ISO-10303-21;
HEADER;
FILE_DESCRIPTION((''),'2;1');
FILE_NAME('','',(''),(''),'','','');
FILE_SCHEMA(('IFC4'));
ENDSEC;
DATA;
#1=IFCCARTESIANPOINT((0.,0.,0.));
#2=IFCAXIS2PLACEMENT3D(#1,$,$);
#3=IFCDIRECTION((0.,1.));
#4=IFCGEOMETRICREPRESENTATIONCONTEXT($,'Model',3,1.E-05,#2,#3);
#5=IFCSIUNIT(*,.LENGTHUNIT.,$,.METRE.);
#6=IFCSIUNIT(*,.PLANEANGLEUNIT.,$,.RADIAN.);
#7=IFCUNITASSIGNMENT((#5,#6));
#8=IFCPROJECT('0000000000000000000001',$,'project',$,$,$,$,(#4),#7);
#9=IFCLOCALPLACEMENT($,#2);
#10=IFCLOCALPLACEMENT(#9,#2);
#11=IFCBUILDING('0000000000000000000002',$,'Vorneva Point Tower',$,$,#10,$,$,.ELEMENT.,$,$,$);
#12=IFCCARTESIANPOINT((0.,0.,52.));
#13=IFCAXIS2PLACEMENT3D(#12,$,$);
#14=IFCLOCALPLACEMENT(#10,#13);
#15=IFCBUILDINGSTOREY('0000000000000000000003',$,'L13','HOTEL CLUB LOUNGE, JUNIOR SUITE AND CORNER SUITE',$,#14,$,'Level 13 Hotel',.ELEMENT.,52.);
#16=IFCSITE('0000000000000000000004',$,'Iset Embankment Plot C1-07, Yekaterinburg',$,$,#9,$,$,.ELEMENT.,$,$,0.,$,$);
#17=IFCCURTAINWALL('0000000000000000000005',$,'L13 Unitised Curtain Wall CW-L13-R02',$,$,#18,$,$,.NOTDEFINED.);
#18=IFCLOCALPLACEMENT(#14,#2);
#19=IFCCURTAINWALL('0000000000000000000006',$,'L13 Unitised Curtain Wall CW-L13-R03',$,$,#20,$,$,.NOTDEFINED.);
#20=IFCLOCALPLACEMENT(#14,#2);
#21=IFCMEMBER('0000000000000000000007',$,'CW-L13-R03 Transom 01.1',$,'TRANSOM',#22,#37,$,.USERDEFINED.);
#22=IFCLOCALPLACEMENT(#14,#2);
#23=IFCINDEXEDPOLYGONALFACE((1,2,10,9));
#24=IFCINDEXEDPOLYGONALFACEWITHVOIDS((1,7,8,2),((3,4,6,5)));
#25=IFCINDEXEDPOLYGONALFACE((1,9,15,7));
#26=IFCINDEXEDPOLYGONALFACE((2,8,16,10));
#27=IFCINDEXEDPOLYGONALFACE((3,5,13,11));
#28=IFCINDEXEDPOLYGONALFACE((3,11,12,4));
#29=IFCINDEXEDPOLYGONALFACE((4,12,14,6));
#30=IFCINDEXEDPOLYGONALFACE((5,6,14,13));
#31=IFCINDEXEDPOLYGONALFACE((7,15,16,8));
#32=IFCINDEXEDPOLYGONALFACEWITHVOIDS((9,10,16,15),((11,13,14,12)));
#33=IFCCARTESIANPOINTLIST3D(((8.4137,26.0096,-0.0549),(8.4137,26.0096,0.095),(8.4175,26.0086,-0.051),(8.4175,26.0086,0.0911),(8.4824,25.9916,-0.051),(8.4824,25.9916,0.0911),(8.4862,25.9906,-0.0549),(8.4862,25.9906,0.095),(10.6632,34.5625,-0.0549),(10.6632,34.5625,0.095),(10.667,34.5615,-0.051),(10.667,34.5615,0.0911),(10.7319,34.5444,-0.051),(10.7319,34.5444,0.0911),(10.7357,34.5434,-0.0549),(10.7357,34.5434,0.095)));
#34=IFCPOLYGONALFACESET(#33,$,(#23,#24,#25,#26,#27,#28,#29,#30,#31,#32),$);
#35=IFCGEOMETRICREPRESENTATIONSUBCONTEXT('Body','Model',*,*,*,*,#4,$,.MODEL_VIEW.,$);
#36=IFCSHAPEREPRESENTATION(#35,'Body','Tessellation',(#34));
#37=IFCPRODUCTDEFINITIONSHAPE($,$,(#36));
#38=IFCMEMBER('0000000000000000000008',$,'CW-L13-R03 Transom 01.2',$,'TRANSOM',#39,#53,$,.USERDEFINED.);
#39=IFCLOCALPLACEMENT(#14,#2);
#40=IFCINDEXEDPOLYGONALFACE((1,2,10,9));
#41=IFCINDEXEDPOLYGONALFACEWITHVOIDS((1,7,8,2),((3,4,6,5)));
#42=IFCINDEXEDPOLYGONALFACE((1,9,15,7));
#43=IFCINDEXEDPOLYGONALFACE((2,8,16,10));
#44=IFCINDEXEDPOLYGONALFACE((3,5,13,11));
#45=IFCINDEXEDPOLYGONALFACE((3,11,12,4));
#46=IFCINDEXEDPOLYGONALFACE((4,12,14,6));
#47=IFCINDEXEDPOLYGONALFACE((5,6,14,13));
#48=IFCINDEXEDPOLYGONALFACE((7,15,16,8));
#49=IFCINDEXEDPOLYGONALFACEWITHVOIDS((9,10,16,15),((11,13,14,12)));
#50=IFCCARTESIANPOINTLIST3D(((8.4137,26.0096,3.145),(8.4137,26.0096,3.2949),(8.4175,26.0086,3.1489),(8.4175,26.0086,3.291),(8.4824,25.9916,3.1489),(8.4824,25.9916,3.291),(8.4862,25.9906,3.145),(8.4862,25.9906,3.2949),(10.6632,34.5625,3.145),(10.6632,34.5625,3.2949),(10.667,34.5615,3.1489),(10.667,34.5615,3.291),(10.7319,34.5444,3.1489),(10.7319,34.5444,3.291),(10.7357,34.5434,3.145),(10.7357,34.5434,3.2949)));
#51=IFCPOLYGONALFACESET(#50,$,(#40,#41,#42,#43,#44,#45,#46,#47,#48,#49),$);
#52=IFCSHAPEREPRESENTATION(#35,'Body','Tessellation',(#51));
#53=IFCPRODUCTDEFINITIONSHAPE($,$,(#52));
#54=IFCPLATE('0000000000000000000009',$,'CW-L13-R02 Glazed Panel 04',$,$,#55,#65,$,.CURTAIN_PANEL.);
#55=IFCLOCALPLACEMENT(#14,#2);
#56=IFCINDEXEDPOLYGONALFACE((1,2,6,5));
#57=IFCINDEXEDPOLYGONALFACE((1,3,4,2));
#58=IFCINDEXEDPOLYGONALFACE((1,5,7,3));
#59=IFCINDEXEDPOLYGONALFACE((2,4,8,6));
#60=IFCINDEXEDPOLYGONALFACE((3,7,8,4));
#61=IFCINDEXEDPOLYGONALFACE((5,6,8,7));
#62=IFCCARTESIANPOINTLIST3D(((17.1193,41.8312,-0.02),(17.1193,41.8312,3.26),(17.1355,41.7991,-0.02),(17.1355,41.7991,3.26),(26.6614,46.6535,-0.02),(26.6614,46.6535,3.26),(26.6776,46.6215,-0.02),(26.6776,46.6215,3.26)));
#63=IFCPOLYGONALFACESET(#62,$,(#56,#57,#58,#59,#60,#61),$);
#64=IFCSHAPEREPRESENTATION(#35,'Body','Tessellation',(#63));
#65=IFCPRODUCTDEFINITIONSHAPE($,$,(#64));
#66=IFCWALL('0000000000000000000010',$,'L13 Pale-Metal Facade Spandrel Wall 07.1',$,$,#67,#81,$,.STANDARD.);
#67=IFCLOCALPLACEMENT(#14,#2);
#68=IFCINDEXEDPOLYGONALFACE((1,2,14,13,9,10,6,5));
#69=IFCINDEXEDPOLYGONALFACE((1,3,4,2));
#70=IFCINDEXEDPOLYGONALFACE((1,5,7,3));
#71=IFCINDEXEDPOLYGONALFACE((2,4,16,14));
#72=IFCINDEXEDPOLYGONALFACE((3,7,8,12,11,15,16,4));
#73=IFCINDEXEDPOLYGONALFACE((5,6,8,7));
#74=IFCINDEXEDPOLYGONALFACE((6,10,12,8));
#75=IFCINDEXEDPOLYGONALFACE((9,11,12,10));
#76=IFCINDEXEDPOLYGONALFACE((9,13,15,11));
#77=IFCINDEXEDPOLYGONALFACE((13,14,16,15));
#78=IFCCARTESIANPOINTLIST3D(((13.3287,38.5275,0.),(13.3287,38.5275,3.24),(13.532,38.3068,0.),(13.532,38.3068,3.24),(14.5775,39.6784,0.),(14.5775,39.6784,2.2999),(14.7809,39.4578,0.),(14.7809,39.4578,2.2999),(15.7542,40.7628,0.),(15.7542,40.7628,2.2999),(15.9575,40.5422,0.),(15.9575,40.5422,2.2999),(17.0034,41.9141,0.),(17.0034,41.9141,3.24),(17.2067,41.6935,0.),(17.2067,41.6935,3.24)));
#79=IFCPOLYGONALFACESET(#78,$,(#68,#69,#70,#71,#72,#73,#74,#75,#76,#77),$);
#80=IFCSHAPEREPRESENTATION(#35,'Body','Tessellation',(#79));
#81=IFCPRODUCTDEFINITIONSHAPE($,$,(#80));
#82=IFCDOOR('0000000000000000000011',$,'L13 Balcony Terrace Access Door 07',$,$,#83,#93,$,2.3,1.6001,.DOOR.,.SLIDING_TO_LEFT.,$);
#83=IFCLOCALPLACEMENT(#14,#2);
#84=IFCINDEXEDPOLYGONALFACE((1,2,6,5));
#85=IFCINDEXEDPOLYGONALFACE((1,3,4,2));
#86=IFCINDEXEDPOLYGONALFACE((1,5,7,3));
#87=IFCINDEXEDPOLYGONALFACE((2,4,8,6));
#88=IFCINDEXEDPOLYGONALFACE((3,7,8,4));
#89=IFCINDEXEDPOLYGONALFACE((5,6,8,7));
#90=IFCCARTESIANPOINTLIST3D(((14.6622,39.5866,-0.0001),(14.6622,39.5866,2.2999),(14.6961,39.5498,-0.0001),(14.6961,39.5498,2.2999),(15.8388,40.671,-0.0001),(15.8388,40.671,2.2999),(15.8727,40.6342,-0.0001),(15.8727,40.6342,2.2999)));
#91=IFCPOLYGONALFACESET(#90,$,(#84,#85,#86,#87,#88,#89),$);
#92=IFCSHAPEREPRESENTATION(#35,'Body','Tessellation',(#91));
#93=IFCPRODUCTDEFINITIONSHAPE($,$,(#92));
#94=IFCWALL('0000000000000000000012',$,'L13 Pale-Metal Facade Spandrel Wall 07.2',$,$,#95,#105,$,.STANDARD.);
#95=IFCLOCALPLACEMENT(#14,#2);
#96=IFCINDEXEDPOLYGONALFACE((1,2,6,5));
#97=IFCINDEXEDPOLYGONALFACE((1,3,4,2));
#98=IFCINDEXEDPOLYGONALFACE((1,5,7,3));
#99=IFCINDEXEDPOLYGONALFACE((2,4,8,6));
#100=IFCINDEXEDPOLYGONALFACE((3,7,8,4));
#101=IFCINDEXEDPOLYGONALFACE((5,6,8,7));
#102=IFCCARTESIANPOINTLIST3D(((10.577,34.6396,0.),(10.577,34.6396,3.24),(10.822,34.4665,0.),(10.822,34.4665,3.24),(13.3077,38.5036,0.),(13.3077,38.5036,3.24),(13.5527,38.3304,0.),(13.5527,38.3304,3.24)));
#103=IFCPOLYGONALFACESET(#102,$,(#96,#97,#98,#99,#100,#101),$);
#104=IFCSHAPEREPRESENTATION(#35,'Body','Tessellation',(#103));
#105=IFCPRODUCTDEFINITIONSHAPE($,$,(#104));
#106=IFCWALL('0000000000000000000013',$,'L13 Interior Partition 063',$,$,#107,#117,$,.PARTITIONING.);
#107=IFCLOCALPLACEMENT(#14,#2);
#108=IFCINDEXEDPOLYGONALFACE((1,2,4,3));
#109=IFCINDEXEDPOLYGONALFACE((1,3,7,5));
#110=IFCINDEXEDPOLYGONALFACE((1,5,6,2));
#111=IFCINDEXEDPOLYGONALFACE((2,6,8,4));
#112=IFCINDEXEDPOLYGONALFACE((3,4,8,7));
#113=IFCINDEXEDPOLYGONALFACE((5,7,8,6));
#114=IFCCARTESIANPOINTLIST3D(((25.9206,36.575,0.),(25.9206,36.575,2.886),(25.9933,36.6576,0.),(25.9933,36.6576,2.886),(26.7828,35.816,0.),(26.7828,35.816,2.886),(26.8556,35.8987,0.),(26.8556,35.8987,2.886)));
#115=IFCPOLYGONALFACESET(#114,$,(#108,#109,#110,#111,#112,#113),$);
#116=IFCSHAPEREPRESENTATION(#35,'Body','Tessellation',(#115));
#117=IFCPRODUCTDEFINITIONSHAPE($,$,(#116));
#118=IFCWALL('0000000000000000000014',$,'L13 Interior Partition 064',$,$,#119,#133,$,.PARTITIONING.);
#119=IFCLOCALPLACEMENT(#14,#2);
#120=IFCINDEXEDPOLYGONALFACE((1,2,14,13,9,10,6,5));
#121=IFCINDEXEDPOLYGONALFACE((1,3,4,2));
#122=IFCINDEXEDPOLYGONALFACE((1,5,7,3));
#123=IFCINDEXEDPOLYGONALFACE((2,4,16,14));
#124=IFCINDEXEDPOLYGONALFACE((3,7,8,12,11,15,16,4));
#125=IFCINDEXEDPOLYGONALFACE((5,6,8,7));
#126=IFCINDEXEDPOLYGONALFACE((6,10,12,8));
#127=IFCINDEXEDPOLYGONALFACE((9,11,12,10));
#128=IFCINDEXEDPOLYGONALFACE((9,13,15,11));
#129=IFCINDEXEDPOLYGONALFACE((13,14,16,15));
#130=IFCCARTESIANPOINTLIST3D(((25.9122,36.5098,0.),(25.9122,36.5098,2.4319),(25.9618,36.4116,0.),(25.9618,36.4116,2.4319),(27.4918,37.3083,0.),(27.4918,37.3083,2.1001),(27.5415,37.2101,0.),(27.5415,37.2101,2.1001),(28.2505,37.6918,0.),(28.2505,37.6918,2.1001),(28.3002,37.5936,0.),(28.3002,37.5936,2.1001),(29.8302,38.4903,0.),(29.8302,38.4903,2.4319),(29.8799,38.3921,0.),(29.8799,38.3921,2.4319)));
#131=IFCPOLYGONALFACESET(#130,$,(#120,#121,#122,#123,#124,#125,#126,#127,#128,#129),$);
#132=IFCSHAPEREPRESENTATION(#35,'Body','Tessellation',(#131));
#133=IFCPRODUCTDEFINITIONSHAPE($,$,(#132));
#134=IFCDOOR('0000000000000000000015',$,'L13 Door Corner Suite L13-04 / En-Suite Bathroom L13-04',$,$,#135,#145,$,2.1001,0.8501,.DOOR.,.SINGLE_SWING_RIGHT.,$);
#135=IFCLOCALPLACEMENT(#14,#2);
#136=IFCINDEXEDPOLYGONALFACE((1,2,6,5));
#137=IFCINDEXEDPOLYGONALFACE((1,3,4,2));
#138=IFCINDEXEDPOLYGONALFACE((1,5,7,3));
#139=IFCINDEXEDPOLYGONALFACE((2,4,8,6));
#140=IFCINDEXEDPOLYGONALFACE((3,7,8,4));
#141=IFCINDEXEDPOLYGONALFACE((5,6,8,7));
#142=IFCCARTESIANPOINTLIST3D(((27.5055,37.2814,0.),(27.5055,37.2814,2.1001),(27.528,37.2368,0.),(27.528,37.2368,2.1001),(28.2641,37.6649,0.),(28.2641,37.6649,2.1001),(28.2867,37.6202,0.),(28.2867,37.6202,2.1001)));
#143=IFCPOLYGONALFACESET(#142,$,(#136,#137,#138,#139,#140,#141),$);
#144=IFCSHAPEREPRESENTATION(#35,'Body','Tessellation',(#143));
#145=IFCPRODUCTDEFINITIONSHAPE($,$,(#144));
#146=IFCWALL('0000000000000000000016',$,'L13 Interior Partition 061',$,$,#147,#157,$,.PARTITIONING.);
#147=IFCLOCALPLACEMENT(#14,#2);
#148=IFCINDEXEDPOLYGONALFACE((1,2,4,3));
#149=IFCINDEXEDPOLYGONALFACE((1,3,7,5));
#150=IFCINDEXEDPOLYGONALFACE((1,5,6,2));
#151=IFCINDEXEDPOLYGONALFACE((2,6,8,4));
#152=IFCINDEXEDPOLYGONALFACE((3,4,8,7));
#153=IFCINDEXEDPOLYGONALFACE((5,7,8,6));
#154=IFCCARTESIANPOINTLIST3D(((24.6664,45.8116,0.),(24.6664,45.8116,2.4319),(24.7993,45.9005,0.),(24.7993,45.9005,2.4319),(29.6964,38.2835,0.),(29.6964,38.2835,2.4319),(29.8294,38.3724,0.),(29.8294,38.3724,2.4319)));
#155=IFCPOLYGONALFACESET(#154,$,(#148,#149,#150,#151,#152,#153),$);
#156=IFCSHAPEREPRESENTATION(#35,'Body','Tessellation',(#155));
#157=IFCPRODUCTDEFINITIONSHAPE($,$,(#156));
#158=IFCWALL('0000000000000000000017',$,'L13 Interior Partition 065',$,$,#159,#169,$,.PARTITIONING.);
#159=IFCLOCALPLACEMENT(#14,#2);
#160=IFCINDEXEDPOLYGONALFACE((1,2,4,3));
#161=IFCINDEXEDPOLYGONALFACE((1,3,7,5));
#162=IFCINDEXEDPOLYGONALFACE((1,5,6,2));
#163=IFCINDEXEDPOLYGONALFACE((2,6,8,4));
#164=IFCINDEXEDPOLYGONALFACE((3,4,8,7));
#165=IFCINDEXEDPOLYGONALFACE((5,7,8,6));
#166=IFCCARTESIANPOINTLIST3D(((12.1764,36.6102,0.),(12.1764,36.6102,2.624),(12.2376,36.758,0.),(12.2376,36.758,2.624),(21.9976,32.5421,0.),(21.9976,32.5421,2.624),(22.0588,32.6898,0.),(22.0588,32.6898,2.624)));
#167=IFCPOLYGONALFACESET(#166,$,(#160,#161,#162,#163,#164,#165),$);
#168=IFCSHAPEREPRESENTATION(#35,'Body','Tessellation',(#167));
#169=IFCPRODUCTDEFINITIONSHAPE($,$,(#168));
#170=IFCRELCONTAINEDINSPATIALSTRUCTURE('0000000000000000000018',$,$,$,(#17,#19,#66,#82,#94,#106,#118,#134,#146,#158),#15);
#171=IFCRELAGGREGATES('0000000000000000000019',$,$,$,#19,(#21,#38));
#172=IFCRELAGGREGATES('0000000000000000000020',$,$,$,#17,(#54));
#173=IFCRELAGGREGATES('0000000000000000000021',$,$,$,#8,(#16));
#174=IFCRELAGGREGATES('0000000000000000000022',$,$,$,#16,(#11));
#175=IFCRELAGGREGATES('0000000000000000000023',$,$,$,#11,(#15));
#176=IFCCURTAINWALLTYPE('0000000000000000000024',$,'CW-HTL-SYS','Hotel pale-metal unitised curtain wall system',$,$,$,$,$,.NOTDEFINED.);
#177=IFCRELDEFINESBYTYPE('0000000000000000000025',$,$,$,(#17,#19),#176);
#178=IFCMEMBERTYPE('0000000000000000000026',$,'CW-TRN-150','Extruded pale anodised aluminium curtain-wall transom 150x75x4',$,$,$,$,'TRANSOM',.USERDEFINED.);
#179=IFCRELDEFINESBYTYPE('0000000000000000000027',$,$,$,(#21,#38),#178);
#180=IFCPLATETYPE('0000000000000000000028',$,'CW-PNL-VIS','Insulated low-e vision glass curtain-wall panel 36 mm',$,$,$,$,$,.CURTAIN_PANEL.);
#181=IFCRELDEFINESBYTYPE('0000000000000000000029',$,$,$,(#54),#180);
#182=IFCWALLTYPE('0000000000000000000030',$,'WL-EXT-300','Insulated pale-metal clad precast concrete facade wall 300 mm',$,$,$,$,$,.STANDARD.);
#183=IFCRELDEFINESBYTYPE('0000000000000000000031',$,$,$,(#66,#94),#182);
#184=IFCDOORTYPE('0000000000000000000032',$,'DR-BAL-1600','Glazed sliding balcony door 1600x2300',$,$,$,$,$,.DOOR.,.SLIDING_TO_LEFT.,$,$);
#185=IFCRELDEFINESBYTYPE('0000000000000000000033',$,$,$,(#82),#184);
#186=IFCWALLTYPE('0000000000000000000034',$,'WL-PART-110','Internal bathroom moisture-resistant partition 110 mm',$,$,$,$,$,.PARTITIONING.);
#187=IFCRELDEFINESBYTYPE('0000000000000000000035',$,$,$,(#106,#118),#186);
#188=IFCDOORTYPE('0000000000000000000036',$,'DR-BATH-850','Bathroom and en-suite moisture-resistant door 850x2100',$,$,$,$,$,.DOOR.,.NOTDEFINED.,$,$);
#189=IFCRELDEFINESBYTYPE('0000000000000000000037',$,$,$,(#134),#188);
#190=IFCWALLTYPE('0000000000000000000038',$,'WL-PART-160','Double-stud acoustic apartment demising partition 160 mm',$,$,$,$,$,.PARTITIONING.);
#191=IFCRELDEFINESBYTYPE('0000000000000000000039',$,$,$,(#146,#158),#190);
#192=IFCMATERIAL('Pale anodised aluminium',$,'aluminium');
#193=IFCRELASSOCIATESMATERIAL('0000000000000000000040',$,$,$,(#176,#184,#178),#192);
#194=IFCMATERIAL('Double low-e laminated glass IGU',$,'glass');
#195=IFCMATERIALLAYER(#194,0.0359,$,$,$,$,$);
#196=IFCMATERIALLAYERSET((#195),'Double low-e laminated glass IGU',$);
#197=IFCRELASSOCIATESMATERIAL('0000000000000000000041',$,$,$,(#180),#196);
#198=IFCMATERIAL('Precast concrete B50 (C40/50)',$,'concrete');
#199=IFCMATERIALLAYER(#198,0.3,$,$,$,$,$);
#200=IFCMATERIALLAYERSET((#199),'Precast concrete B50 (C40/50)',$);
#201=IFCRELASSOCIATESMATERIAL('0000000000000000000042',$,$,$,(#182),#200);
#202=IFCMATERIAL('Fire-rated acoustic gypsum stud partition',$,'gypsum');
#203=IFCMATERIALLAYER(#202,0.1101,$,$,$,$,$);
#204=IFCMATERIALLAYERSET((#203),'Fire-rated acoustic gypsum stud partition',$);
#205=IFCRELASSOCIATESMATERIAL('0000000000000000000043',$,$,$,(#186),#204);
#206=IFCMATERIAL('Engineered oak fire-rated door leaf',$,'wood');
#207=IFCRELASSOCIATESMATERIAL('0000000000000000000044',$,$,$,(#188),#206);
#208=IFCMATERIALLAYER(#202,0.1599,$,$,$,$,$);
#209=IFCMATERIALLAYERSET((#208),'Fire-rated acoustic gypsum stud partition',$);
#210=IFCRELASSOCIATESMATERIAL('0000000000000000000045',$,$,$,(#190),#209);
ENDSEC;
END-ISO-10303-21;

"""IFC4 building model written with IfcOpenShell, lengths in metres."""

from ifc_helpers import new_model, si_unit, direction, frame, frame_2d, origin, origin_2d, place, context, subcontext, project, spatial, rectangle, hollow_rectangle, extrude, material, layer, layer_set, material_profile, profile_set, type_object, element, fill, aggregate, save


model = new_model("IFC4")

# Units and contexts
model_context = context("Model", 3, precision=1e-05, world=origin(), true_north=direction((0.0, 1.0)))
body_context = subcontext(model_context, "Body", "Model", "MODEL_VIEW")
ifc_project = project(units=[si_unit("LENGTHUNIT", "METRE"), si_unit("PLANEANGLEUNIT", "RADIAN")], contexts=[model_context])

# Site, building, storey
site_placement = place(None, origin())
site = spatial("IfcSite", under=ifc_project, at=site_placement, Name="Iset Embankment Plot C1-07, Yekaterinburg", CompositionType="ELEMENT", RefElevation=0.0)
building_placement = place(site_placement, origin())
building = spatial("IfcBuilding", under=site, at=building_placement, Name="Vorneva Point Tower", CompositionType="ELEMENT")
storey_placement = place(building_placement, frame((0.0, 0.0, 52.0)))
storey = spatial("IfcBuildingStorey", under=building, at=storey_placement, Name="L13", Description="HOTEL CLUB LOUNGE, JUNIOR SUITE AND CORNER SUITE", LongName="Level 13 Hotel", CompositionType="ELEMENT", Elevation=52.0)

# Curtain wall
ifc_material_1 = material(Name="Pale anodised aluminium", Category="aluminium")
curtain_wall_type = type_object("IfcCurtainWallType", Name="CW-HTL-SYS", Description="Hotel pale-metal unitised curtain wall system", PredefinedType="NOTDEFINED", material=ifc_material_1)
curtain_wall_1_placement = place(storey_placement, origin())
curtain_wall_1 = element("IfcCurtainWall", 1, at=curtain_wall_1_placement, inside=storey, type_object=curtain_wall_type, Name="L13 Unitised Curtain Wall CW-L13-R02", PredefinedType="NOTDEFINED")

# Curtain wall
curtain_wall_2_placement = place(storey_placement, origin())
curtain_wall_2 = element("IfcCurtainWall", 2, at=curtain_wall_2_placement, inside=storey, type_object=curtain_wall_type, Name="L13 Unitised Curtain Wall CW-L13-R03", PredefinedType="NOTDEFINED")

# Members
ifc_material_profile_1 = material_profile(ifc_material_1, hollow_rectangle(XDim=0.075, YDim=0.1499, WallThickness=0.0039, at=origin_2d()), Name="AL-TRN 150x75x4")
ifc_profile_set_1 = profile_set([ifc_material_profile_1], Name="Pale anodised aluminium")
member_type_1 = type_object("IfcMemberType", Name="CW-TRN-150", Description="Extruded pale anodised aluminium curtain-wall transom 150x75x4", ElementType="TRANSOM", PredefinedType="USERDEFINED", material=ifc_profile_set_1)
member_1_placement = place(storey_placement, frame((10.6995, 34.553, 0.02), z_axis=(-0.254359, -0.96711, 0.0), x_axis=(0.96711, -0.254359, 0.0)))
member_1 = element("IfcMember", 3, at=member_1_placement, type_object=member_type_1, Name="CW-L13-R03 Transom 01.1", ObjectType="TRANSOM", PredefinedType="USERDEFINED", context=body_context, shape_type="SweptSolid", body=[
    extrude(hollow_rectangle(XDim=0.075, YDim=0.1499, WallThickness=0.0039, at=origin_2d()), origin(), (0.0, 0.0, 1.0), 8.8438),
])
member_2_placement = place(storey_placement, frame((10.6995, 34.553, 3.22), z_axis=(-0.254359, -0.96711, 0.0), x_axis=(0.96711, -0.254359, 0.0)))
member_2 = element("IfcMember", 4, at=member_2_placement, type_object=member_type_1, Name="CW-L13-R03 Transom 01.2", ObjectType="TRANSOM", PredefinedType="USERDEFINED", context=body_context, shape_type="SweptSolid", body=[
    extrude(hollow_rectangle(XDim=0.075, YDim=0.1499, WallThickness=0.0039, at=origin_2d()), origin(), (0.0, 0.0, 1.0), 8.8438),
])
aggregate(curtain_wall_2, [member_1, member_2])

# Plate
ifc_material_2 = material(Name="Double low-e laminated glass IGU", Category="glass")
ifc_layer_1 = layer(ifc_material_2, 0.0359)
ifc_layer_set_1 = layer_set([ifc_layer_1], Name="Double low-e laminated glass IGU")
plate_type = type_object("IfcPlateType", Name="CW-PNL-VIS", Description="Insulated low-e vision glass curtain-wall panel 36 mm", PredefinedType="CURTAIN_PANEL", material=ifc_layer_set_1)
plate_placement = place(storey_placement, frame((21.8984, 44.2263, -0.02), z_axis=(0.0, 0.0, 1.0), x_axis=(-0.892499, -0.451049, 0.0)))
plate = element("IfcPlate", 5, at=plate_placement, type_object=plate_type, Name="CW-L13-R02 Glazed Panel 04", PredefinedType="CURTAIN_PANEL", context=body_context, shape_type="SweptSolid", body=[
    extrude(rectangle(XDim=10.6914, YDim=0.0359, at=origin_2d()), origin(), (0.0, 0.0, 1.0), 3.28),
])
aggregate(curtain_wall_1, [plate])

# Wall, opening, door
ifc_material_3 = material(Name="Precast concrete B50 (C40/50)", Category="concrete")
ifc_layer_2 = layer(ifc_material_3, 0.3)
ifc_layer_set_2 = layer_set([ifc_layer_2], Name="Precast concrete B50 (C40/50)")
wall_type_1 = type_object("IfcWallType", Name="WL-EXT-300", Description="Insulated pale-metal clad precast concrete facade wall 300 mm", PredefinedType="STANDARD", material=ifc_layer_set_2)
wall_1_placement = place(storey_placement, frame((17.105, 41.8037, 0.0), z_axis=(0.0, 0.0, 1.0), x_axis=(-0.735343, -0.677696, 0.0)))
wall_1 = element("IfcWall", 6, at=wall_1_placement, inside=storey, type_object=wall_type_1, Name="L13 Pale-Metal Facade Spandrel Wall 07.1", PredefinedType="STANDARD", context=body_context, shape_type="SweptSolid", body=[
    extrude(rectangle(XDim=4.9973, YDim=0.3, at=frame_2d((2.4985, 0.0))), origin(), (0.0, 0.0, 1.0), 3.24),
])
opening_1_placement = place(wall_1_placement, frame((1.6987, 0.0, 0.0)))
opening_1 = element("IfcOpeningElement", 7, at=opening_1_placement, cuts=wall_1, PredefinedType="OPENING", context=body_context, shape_type="SweptSolid", body=[
    extrude(rectangle(XDim=1.6001, YDim=2.3, at=frame_2d((0.8, 1.1499))), frame((0.0, 0.165, 0.0), z_axis=(0.0, -1.0, 0.0), x_axis=(1.0, 0.0, 0.0)), (0.0, 0.0, 1.0), 0.3298),
])
door_type_1 = type_object("IfcDoorType", Name="DR-BAL-1600", Description="Glazed sliding balcony door 1600x2300", OperationType="SLIDING_TO_LEFT", PredefinedType="DOOR", material=ifc_material_1)
door_1_placement = place(opening_1_placement, origin())
door_1 = element("IfcDoor", 8, at=door_1_placement, inside=storey, type_object=door_type_1, Name="L13 Balcony Terrace Access Door 07", OperationType="SLIDING_TO_LEFT", OverallHeight=2.3, OverallWidth=1.6001, PredefinedType="DOOR", context=body_context, shape_type="SweptSolid", body=[
    extrude(rectangle(XDim=1.6001, YDim=2.3, at=frame_2d((0.8, 1.1499))), frame((0.0, 0.0249, 0.0), z_axis=(0.0, -1.0, 0.0), x_axis=(1.0, 0.0, 0.0)), (0.0, 0.0, 1.0), 0.05),
])
fill(opening_1, door_1)

# Walls
wall_2_placement = place(storey_placement, frame((13.4302, 38.417, 0.0), z_axis=(0.0, 0.0, 1.0), x_axis=(-0.577131, -0.816652, 0.0)))
element("IfcWall", 9, at=wall_2_placement, inside=storey, type_object=wall_type_1, Name="L13 Pale-Metal Facade Spandrel Wall 07.2", PredefinedType="STANDARD", context=body_context, shape_type="SweptSolid", body=[
    extrude(rectangle(XDim=4.7314, YDim=0.3, at=frame_2d((2.3657, 0.0))), origin(), (0.0, 0.0, 1.0), 3.24),
])
ifc_material_4 = material(Name="Fire-rated acoustic gypsum stud partition", Category="gypsum")
ifc_layer_3 = layer(ifc_material_4, 0.1101)
ifc_layer_set_3 = layer_set([ifc_layer_3], Name="Fire-rated acoustic gypsum stud partition")
wall_type_2 = type_object("IfcWallType", Name="WL-PART-110", Description="Internal bathroom moisture-resistant partition 110 mm", PredefinedType="PARTITIONING", material=ifc_layer_set_3)
wall_3_placement = place(storey_placement, frame((26.8191, 35.8574, 0.0), z_axis=(0.0, 0.0, 1.0), x_axis=(-0.750625, 0.660728, 0.0)))
element("IfcWall", 10, at=wall_3_placement, inside=storey, type_object=wall_type_2, Name="L13 Interior Partition 063", PredefinedType="PARTITIONING", context=body_context, shape_type="SweptSolid", body=[
    extrude(rectangle(XDim=1.1487, YDim=0.1101, at=frame_2d((0.5742, 0.0))), origin(), (0.0, 0.0, 1.0), 2.886),
])

# Wall, opening, door
wall_4_placement = place(storey_placement, frame((25.937, 36.4607, 0.0), z_axis=(0.0, 0.0, 1.0), x_axis=(0.892461, 0.451124, 0.0)))
wall_4 = element("IfcWall", 11, at=wall_4_placement, inside=storey, type_object=wall_type_2, Name="L13 Interior Partition 064", PredefinedType="PARTITIONING", context=body_context, shape_type="SweptSolid", body=[
    extrude(rectangle(XDim=4.3901, YDim=0.1101, at=frame_2d((2.1951, 0.0))), origin(), (0.0, 0.0, 1.0), 2.4319),
])
opening_2_placement = place(wall_4_placement, frame((1.77, 0.0, 0.0)))
opening_2 = element("IfcOpeningElement", 12, at=opening_2_placement, cuts=wall_4, PredefinedType="OPENING", context=body_context, shape_type="SweptSolid", body=[
    extrude(rectangle(XDim=0.8501, YDim=2.1001, at=frame_2d((0.425, 1.05))), frame((0.0, 0.0698, 0.0), z_axis=(0.0, -1.0, 0.0), x_axis=(1.0, 0.0, 0.0)), (0.0, 0.0, 1.0), 0.1399),
])
ifc_material_5 = material(Name="Engineered oak fire-rated door leaf", Category="wood")
door_type_2 = type_object("IfcDoorType", Name="DR-BATH-850", Description="Bathroom and en-suite moisture-resistant door 850x2100", OperationType="NOTDEFINED", PredefinedType="DOOR", material=ifc_material_5)
door_2_placement = place(opening_2_placement, origin())
door_2 = element("IfcDoor", 13, at=door_2_placement, inside=storey, type_object=door_type_2, Name="L13 Door Corner Suite L13-04 / En-Suite Bathroom L13-04", OperationType="SINGLE_SWING_RIGHT", OverallHeight=2.1001, OverallWidth=0.8501, PredefinedType="DOOR", context=body_context, shape_type="SweptSolid", body=[
    extrude(rectangle(XDim=0.8501, YDim=2.1001, at=frame_2d((0.425, 1.05))), frame((0.0, 0.0249, 0.0), z_axis=(0.0, -1.0, 0.0), x_axis=(1.0, 0.0, 0.0)), (0.0, 0.0, 1.0), 0.05),
])
fill(opening_2, door_2)

# Walls
ifc_layer_4 = layer(ifc_material_4, 0.1599)
ifc_layer_set_4 = layer_set([ifc_layer_4], Name="Fire-rated acoustic gypsum stud partition")
wall_type_3 = type_object("IfcWallType", Name="WL-PART-160", Description="Double-stud acoustic apartment demising partition 160 mm", PredefinedType="PARTITIONING", material=ifc_layer_set_4)
wall_5_placement = place(storey_placement, frame((24.7329, 45.856, 0.0), z_axis=(0.0, 0.0, 1.0), x_axis=(0.555565, -0.831473, 0.0)))
element("IfcWall", 14, at=wall_5_placement, inside=storey, type_object=wall_type_3, Name="L13 Interior Partition 061", PredefinedType="PARTITIONING", context=body_context, shape_type="SweptSolid", body=[
    extrude(rectangle(XDim=9.054, YDim=0.1599, at=frame_2d((4.5269, 0.0))), origin(), (0.0, 0.0, 1.0), 2.4319),
])
wall_6_placement = place(storey_placement, frame((12.207, 36.6841, 0.0), z_axis=(0.0, 0.0, 1.0), x_axis=(0.923876, -0.382692, 0.0)))
element("IfcWall", 15, at=wall_6_placement, inside=storey, type_object=wall_type_3, Name="L13 Interior Partition 065", PredefinedType="PARTITIONING", context=body_context, shape_type="SweptSolid", body=[
    extrude(rectangle(XDim=10.6304, YDim=0.1599, at=frame_2d((5.3152, 0.0))), origin(), (0.0, 0.0, 1.0), 2.624),
])

save(model, "model.ifc")
